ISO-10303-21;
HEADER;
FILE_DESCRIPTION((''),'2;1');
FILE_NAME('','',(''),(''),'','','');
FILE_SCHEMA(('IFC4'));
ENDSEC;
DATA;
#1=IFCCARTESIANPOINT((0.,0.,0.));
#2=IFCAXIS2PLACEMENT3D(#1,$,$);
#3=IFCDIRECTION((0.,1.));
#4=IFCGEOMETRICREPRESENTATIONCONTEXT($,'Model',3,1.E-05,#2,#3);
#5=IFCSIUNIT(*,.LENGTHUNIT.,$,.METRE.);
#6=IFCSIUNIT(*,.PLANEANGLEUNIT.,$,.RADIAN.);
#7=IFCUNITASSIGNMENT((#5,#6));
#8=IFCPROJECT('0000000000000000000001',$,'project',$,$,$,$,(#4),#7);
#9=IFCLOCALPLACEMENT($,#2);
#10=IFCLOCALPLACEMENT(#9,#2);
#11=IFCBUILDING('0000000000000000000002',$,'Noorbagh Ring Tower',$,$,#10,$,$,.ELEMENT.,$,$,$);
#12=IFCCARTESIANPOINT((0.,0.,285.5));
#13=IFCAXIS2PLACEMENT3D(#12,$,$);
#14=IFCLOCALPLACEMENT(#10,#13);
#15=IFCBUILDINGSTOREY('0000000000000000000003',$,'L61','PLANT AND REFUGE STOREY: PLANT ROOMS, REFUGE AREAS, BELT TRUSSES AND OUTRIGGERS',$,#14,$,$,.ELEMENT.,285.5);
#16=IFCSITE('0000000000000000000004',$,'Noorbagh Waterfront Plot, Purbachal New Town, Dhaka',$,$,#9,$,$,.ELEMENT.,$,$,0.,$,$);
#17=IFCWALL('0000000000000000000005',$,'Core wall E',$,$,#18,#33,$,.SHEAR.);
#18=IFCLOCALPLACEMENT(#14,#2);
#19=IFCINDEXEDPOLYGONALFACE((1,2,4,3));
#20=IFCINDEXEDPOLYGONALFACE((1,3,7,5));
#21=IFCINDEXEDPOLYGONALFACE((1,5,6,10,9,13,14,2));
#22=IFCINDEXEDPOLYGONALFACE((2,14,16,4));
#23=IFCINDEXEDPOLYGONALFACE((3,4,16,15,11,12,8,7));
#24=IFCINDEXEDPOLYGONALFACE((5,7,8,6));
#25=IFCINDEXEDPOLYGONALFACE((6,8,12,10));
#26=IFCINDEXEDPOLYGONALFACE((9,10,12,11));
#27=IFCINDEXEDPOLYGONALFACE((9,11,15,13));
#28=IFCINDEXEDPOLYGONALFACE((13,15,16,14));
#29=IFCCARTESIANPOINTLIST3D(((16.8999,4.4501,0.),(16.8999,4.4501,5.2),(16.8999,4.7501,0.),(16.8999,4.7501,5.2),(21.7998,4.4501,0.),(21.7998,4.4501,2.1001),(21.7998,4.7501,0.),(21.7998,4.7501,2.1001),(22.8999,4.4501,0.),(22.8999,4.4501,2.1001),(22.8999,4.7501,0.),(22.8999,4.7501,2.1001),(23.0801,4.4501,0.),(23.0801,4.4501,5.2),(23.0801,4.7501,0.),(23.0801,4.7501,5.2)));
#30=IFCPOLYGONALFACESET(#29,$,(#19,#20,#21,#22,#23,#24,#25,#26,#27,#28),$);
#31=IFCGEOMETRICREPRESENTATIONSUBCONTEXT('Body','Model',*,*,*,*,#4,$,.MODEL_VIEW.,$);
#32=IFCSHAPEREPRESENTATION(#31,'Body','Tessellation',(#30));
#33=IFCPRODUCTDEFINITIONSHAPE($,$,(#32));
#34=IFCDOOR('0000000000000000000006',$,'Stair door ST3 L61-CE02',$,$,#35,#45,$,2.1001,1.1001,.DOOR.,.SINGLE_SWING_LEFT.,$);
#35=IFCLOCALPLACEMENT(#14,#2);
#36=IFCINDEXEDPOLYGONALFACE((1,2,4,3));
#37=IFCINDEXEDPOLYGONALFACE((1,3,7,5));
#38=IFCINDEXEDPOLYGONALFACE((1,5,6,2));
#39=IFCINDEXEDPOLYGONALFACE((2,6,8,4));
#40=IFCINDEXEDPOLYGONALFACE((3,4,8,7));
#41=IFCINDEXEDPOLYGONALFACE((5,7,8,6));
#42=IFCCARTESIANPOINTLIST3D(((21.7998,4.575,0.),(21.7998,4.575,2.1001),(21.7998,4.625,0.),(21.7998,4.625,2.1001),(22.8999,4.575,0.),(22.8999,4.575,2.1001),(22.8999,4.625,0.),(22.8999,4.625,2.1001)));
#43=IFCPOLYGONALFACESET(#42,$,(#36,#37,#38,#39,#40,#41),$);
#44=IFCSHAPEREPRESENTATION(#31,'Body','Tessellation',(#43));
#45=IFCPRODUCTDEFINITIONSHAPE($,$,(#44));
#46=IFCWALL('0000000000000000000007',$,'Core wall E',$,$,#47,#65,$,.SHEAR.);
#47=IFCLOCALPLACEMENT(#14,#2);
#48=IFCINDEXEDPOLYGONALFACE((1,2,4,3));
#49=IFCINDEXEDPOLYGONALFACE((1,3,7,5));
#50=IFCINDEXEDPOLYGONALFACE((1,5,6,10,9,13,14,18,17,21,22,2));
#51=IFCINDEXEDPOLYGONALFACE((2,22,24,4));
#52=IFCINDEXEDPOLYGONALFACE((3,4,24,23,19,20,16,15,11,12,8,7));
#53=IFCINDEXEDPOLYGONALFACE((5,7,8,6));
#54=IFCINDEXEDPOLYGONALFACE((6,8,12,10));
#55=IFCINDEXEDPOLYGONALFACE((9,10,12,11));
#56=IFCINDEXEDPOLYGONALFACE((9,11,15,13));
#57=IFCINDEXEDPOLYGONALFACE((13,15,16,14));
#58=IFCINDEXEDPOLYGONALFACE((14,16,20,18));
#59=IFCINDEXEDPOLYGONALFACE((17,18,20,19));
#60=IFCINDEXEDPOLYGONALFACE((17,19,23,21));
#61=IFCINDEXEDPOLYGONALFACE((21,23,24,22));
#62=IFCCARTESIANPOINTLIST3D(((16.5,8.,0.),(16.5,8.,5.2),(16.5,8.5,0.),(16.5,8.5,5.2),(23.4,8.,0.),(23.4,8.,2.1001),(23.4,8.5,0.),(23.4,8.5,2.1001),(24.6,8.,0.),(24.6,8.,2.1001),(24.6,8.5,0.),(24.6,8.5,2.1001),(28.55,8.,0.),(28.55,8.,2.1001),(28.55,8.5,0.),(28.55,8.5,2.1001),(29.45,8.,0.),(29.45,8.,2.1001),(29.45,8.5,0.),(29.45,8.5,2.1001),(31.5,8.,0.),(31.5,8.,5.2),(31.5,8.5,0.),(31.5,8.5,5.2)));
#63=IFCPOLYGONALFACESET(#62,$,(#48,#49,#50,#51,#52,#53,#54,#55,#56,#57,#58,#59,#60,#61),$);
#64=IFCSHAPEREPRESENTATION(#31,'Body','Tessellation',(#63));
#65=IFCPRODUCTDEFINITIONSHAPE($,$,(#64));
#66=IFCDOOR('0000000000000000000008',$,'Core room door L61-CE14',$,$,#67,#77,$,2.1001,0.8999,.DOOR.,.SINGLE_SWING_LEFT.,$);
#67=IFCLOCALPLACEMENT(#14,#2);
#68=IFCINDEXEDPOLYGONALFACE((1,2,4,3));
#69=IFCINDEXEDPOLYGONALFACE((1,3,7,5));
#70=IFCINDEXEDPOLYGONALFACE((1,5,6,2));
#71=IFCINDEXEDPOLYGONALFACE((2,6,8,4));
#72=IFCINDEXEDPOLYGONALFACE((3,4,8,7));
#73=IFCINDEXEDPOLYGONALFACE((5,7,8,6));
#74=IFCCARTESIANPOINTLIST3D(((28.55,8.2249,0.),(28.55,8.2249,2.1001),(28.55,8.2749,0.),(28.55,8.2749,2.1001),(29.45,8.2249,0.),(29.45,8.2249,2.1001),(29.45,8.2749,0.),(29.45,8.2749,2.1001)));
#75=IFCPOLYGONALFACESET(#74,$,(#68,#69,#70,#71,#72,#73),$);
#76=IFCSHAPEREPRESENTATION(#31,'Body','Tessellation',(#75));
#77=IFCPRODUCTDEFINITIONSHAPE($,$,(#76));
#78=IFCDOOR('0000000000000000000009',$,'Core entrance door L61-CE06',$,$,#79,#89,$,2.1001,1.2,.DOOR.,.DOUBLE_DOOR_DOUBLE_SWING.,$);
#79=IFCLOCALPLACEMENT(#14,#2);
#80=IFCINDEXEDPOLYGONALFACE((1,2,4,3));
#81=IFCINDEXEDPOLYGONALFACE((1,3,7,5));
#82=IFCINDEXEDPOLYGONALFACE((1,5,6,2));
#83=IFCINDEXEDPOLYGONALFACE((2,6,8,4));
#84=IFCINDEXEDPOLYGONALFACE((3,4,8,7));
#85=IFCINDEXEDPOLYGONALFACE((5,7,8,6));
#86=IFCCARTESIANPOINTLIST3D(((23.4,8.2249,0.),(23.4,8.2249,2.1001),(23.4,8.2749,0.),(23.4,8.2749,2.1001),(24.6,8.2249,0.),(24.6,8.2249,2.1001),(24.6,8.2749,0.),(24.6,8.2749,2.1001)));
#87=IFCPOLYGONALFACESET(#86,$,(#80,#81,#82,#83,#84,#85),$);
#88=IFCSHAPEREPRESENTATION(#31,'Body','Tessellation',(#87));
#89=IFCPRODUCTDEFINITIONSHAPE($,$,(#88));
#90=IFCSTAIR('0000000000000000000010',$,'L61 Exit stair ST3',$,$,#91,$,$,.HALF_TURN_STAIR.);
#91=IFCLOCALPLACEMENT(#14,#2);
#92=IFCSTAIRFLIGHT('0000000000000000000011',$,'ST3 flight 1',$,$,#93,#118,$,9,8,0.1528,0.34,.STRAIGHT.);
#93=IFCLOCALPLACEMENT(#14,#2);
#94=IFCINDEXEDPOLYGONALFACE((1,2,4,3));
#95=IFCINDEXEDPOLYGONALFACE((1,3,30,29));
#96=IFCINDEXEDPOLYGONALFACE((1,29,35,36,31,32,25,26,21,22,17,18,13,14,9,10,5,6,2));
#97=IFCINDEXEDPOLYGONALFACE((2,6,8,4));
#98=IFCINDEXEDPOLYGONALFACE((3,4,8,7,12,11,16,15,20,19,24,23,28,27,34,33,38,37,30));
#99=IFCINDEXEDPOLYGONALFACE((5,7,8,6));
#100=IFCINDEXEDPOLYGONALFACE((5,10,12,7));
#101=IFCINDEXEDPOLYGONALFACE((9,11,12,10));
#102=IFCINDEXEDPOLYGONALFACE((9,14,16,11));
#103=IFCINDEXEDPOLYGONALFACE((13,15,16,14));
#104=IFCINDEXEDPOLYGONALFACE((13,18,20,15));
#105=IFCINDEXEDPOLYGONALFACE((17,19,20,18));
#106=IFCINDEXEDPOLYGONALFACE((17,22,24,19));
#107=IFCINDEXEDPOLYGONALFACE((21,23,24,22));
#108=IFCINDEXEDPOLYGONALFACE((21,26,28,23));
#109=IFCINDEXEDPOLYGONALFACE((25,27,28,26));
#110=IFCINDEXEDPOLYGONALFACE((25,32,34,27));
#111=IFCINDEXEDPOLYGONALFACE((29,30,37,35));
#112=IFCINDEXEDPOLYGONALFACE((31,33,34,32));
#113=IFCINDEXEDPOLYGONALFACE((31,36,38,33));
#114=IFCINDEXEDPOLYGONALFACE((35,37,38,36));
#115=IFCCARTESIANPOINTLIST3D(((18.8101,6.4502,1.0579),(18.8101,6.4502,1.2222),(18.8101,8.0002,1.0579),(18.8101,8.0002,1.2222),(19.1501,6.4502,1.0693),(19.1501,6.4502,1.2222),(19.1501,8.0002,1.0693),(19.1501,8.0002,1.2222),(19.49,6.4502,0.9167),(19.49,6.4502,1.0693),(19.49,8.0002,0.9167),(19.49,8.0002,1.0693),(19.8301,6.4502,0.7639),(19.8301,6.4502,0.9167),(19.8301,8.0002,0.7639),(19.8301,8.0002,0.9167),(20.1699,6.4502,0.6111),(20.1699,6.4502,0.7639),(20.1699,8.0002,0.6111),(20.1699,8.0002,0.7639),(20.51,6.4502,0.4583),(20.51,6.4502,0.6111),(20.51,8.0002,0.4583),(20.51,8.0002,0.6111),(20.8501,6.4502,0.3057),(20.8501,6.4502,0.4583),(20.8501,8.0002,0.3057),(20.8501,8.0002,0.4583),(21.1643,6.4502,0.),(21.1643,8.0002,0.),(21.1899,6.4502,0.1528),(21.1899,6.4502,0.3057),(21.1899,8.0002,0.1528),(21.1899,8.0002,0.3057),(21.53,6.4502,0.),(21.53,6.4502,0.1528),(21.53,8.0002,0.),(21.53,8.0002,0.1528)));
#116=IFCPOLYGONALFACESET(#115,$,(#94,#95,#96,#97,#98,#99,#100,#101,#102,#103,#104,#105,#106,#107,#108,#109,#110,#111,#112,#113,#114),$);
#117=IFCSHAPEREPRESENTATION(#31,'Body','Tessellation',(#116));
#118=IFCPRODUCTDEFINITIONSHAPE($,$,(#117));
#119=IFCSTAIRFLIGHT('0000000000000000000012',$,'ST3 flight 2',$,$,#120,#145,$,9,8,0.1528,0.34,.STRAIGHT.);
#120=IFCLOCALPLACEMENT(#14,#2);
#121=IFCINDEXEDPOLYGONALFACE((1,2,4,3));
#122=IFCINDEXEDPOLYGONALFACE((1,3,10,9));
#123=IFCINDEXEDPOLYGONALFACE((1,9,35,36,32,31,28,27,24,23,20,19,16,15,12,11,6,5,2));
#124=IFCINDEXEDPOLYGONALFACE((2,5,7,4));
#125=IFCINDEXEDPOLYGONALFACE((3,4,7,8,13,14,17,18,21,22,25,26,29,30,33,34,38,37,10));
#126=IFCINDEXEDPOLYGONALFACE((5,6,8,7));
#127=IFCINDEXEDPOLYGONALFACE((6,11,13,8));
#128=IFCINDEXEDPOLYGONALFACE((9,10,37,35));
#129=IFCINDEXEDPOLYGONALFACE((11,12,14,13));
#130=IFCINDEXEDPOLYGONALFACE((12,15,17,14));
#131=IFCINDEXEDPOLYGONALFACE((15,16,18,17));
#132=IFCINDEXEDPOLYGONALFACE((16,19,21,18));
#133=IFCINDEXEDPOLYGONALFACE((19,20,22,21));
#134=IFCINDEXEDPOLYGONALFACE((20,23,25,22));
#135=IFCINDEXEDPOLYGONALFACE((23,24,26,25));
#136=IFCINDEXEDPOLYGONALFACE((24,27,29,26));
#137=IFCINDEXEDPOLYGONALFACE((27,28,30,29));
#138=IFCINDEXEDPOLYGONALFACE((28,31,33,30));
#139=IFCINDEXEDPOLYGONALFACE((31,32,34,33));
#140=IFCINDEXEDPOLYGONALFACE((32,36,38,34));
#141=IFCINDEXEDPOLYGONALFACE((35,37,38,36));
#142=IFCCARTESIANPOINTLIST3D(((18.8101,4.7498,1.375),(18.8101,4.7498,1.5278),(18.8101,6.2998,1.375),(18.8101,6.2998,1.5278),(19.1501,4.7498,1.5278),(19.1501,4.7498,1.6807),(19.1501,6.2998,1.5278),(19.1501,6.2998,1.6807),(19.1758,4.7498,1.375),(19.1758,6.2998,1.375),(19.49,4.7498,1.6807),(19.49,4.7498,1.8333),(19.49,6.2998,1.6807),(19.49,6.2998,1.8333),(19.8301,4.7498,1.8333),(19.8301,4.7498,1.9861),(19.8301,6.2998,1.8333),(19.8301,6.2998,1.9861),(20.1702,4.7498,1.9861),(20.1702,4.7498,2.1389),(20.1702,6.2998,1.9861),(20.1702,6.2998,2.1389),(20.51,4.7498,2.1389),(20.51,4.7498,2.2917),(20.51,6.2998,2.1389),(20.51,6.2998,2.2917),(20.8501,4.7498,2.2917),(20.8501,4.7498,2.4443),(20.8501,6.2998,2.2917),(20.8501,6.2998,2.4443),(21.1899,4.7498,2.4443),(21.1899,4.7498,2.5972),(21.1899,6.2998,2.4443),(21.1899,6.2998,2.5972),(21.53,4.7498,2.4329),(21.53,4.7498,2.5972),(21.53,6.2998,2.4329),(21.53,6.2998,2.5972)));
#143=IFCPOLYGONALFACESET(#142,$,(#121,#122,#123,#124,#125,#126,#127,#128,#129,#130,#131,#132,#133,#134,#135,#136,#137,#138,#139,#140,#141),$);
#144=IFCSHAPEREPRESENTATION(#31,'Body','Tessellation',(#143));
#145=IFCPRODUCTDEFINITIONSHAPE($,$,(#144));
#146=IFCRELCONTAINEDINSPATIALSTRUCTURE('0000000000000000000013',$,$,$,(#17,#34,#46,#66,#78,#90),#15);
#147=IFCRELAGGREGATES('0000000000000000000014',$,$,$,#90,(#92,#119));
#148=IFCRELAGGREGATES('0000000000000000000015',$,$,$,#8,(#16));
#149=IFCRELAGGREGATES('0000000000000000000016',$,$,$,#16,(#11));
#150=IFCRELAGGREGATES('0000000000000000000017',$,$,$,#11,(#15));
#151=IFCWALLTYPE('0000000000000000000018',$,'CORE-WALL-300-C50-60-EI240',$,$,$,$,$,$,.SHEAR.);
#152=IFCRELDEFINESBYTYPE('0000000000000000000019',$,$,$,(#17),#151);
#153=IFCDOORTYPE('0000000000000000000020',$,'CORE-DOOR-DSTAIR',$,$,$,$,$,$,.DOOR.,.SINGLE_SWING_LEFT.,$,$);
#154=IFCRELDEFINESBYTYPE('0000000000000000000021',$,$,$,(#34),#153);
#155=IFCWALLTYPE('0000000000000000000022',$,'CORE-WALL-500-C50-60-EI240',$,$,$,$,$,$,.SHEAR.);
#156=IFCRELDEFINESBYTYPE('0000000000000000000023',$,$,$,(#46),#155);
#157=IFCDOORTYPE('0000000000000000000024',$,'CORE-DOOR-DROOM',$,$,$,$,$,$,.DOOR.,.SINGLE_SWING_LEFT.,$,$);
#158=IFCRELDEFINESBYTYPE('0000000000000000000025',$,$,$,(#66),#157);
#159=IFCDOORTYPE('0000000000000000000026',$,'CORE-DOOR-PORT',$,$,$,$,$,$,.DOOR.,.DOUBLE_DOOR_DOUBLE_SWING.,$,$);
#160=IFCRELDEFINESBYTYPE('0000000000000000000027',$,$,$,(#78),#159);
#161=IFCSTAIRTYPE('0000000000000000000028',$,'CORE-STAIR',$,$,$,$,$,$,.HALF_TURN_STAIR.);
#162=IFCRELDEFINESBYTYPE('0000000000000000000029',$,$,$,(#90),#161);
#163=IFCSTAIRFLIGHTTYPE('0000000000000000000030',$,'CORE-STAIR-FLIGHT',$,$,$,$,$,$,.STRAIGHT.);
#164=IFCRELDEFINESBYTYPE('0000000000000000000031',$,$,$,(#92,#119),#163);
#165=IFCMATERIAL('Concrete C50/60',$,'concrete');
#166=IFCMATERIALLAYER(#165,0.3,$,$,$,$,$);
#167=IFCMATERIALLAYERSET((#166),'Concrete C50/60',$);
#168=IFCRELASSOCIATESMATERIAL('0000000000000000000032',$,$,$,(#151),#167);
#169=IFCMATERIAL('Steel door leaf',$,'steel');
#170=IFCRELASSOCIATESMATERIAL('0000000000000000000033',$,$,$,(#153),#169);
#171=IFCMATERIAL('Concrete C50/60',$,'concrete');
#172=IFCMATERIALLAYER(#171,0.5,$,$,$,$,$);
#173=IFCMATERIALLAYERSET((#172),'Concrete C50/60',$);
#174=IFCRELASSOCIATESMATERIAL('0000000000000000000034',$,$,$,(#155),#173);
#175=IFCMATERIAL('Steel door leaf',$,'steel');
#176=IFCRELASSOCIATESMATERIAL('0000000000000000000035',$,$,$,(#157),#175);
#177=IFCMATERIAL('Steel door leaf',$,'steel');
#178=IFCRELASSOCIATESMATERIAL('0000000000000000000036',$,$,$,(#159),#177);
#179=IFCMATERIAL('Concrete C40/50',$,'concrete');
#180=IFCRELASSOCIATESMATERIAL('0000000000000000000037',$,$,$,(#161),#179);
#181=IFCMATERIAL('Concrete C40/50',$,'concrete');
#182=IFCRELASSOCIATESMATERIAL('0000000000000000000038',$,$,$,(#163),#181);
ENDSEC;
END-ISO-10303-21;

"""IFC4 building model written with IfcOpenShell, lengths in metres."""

from ifc_helpers import new_model, si_unit, direction, frame, frame_2d, origin, place, context, subcontext, project, spatial, polyline, rectangle, outline, extrude, material, layer, layer_set, type_object, element, fill, aggregate, save


model = new_model("IFC4")

# Units and contexts
model_context = context("Model", 3, precision=1e-05, world=origin(), true_north=direction((0.0, 1.0)))
body_context = subcontext(model_context, "Body", "Model", "MODEL_VIEW")
ifc_project = project(units=[si_unit("LENGTHUNIT", "METRE"), si_unit("PLANEANGLEUNIT", "RADIAN")], contexts=[model_context])

# Site, building, storey
site_placement = place(None, origin())
site = spatial("IfcSite", under=ifc_project, at=site_placement, Name="Noorbagh Waterfront Plot, Purbachal New Town, Dhaka", CompositionType="ELEMENT", RefElevation=0.0)
building_placement = place(site_placement, origin())
building = spatial("IfcBuilding", under=site, at=building_placement, Name="Noorbagh Ring Tower", CompositionType="ELEMENT")
storey_placement = place(building_placement, frame((0.0, 0.0, 285.5)))
storey = spatial("IfcBuildingStorey", under=building, at=storey_placement, Name="L61", Description="PLANT AND REFUGE STOREY: PLANT ROOMS, REFUGE AREAS, BELT TRUSSES AND OUTRIGGERS", CompositionType="ELEMENT", Elevation=285.5)

# Shared definitions
ifc_material_1 = material(Name="Concrete C50/60", Category="concrete")
ifc_layer_1 = layer(ifc_material_1, 0.3)
ifc_layer_set_1 = layer_set([ifc_layer_1], Name="Concrete C50/60")
wall_type_1 = type_object("IfcWallType", Name="CORE-WALL-300-C50-60-EI240", PredefinedType="SHEAR", material=ifc_layer_set_1)

# Wall, opening, door
wall_1_placement = place(storey_placement, frame((16.8999, 4.6001, 0.0), z_axis=(0.0, 0.0, 1.0), x_axis=(1.0, 0.0, 0.0)))
wall_1 = element("IfcWall", 1, at=wall_1_placement, inside=storey, type_object=wall_type_1, Name="Core wall E", PredefinedType="SHEAR", context=body_context, shape_type="SweptSolid", body=[
    extrude(rectangle(XDim=6.1802, YDim=0.3, at=frame_2d((3.0901, 0.0))), origin(), (0.0, 0.0, 1.0), 5.2),
])
opening_1_placement = place(wall_1_placement, frame((4.8999, 0.0, 0.0)))
opening_1 = element("IfcOpeningElement", 2, at=opening_1_placement, cuts=wall_1, PredefinedType="OPENING", context=body_context, shape_type="SweptSolid", body=[
    extrude(rectangle(XDim=1.1001, YDim=2.1001, at=frame_2d((0.55, 1.05))), frame((0.0, 0.1602, 0.0), z_axis=(0.0, -1.0, 0.0), x_axis=(1.0, 0.0, 0.0)), (0.0, 0.0, 1.0), 0.3201),
])
ifc_material_2 = material(Name="Steel door leaf", Category="steel")
door_type_1 = type_object("IfcDoorType", Name="CORE-DOOR-DSTAIR", OperationType="SINGLE_SWING_LEFT", PredefinedType="DOOR", material=ifc_material_2)
door_1_placement = place(opening_1_placement, origin())
door_1 = element("IfcDoor", 3, at=door_1_placement, inside=storey, type_object=door_type_1, Name="Stair door ST3 L61-CE02", OperationType="SINGLE_SWING_LEFT", OverallHeight=2.1001, OverallWidth=1.1001, PredefinedType="DOOR", context=body_context, shape_type="SweptSolid", body=[
    extrude(rectangle(XDim=1.1001, YDim=2.1001, at=frame_2d((0.55, 1.05))), frame((0.0, 0.0249, 0.0), z_axis=(0.0, -1.0, 0.0), x_axis=(1.0, 0.0, 0.0)), (0.0, 0.0, 1.0), 0.05),
])
fill(opening_1, door_1)

# Wall, openings, doors
ifc_material_3 = material(Name="Concrete C50/60", Category="concrete")
ifc_layer_2 = layer(ifc_material_3, 0.5)
ifc_layer_set_2 = layer_set([ifc_layer_2], Name="Concrete C50/60")
wall_type_2 = type_object("IfcWallType", Name="CORE-WALL-500-C50-60-EI240", PredefinedType="SHEAR", material=ifc_layer_set_2)
wall_2_placement = place(storey_placement, frame((16.5, 8.25, 0.0), z_axis=(0.0, 0.0, 1.0), x_axis=(1.0, 0.0, 0.0)))
wall_2 = element("IfcWall", 4, at=wall_2_placement, inside=storey, type_object=wall_type_2, Name="Core wall E", PredefinedType="SHEAR", context=body_context, shape_type="SweptSolid", body=[
    extrude(rectangle(XDim=15.0, YDim=0.5, at=frame_2d((7.5, 0.0))), origin(), (0.0, 0.0, 1.0), 5.2),
])
opening_2_placement = place(wall_2_placement, frame((6.8999, 0.0, 0.0)))
opening_2 = element("IfcOpeningElement", 5, at=opening_2_placement, cuts=wall_2, PredefinedType="OPENING", context=body_context, shape_type="SweptSolid", body=[
    extrude(rectangle(XDim=1.2, YDim=2.1001, at=frame_2d((0.6001, 1.05))), frame((0.0, 0.26, 0.0), z_axis=(0.0, -1.0, 0.0), x_axis=(1.0, 0.0, 0.0)), (0.0, 0.0, 1.0), 0.52),
])
opening_3_placement = place(wall_2_placement, frame((12.05, 0.0, 0.0)))
opening_3 = element("IfcOpeningElement", 6, at=opening_3_placement, cuts=wall_2, PredefinedType="OPENING", context=body_context, shape_type="SweptSolid", body=[
    extrude(rectangle(XDim=0.8999, YDim=2.1001, at=frame_2d((0.45, 1.05))), frame((0.0, 0.26, 0.0), z_axis=(0.0, -1.0, 0.0), x_axis=(1.0, 0.0, 0.0)), (0.0, 0.0, 1.0), 0.52),
])
ifc_material_4 = material(Name="Steel door leaf", Category="steel")
door_type_2 = type_object("IfcDoorType", Name="CORE-DOOR-DROOM", OperationType="SINGLE_SWING_LEFT", PredefinedType="DOOR", material=ifc_material_4)
door_2_placement = place(opening_3_placement, origin())
door_2 = element("IfcDoor", 7, at=door_2_placement, inside=storey, type_object=door_type_2, Name="Core room door L61-CE14", OperationType="SINGLE_SWING_LEFT", OverallHeight=2.1001, OverallWidth=0.8999, PredefinedType="DOOR", context=body_context, shape_type="SweptSolid", body=[
    extrude(rectangle(XDim=0.8999, YDim=2.1001, at=frame_2d((0.45, 1.05))), frame((0.0, 0.0249, 0.0), z_axis=(0.0, -1.0, 0.0), x_axis=(1.0, 0.0, 0.0)), (0.0, 0.0, 1.0), 0.05),
])
fill(opening_3, door_2)
ifc_material_5 = material(Name="Steel door leaf", Category="steel")
door_type_3 = type_object("IfcDoorType", Name="CORE-DOOR-PORT", OperationType="DOUBLE_DOOR_DOUBLE_SWING", PredefinedType="DOOR", material=ifc_material_5)
door_3_placement = place(opening_2_placement, origin())
door_3 = element("IfcDoor", 8, at=door_3_placement, inside=storey, type_object=door_type_3, Name="Core entrance door L61-CE06", OperationType="DOUBLE_DOOR_DOUBLE_SWING", OverallHeight=2.1001, OverallWidth=1.2, PredefinedType="DOOR", context=body_context, shape_type="SweptSolid", body=[
    extrude(rectangle(XDim=1.2, YDim=2.1001, at=frame_2d((0.6001, 1.05))), frame((0.0, 0.0249, 0.0), z_axis=(0.0, -1.0, 0.0), x_axis=(1.0, 0.0, 0.0)), (0.0, 0.0, 1.0), 0.05),
])
fill(opening_2, door_3)

# Stair, stair flights
ifc_material_6 = material(Name="Concrete C40/50", Category="concrete")
stair_type = type_object("IfcStairType", Name="CORE-STAIR", PredefinedType="HALF_TURN_STAIR", material=ifc_material_6)
stair_placement = place(storey_placement, origin())
stair = element("IfcStair", 9, at=stair_placement, inside=storey, type_object=stair_type, Name="L61 Exit stair ST3", PredefinedType="HALF_TURN_STAIR")
ifc_material_7 = material(Name="Concrete C40/50", Category="concrete")
stair_flight_type = type_object("IfcStairFlightType", Name="CORE-STAIR-FLIGHT", PredefinedType="STRAIGHT", material=ifc_material_7)
stair_flight_1_placement = place(storey_placement, frame((21.53, 7.2251, 0.0), z_axis=(0.0, 0.0, 1.0), x_axis=(-1.0, 0.0, 0.0)))
stair_flight_1 = element("IfcStairFlight", 10, at=stair_flight_1_placement, type_object=stair_flight_type, Name="ST3 flight 1", NumberOfRisers=9, NumberOfTreads=8, PredefinedType="STRAIGHT", RiserHeight=0.1528, TreadLength=0.34, context=body_context, shape_type="SweptSolid", body=[
    extrude(outline(polyline([(0.0, 0.0), (0.0, 0.1528), (0.3401, 0.1528), (0.3401, 0.3057), (0.6799, 0.3057), (0.6799, 0.4583), (1.02, 0.4583), (1.02, 0.6111), (1.3601, 0.6111), (1.3601, 0.7639), (1.7, 0.7639), (1.7, 0.9167), (2.04, 0.9167), (2.04, 1.0693), (2.3799, 1.0693), (2.3799, 1.2222), (2.72, 1.2222), (2.72, 1.375), (2.72, 1.0579), (0.3657, 0.0), (0.0, 0.0)])), frame((0.0, 0.7749, 0.0), z_axis=(0.0, -1.0, 0.0), x_axis=(1.0, 0.0, 0.0)), (0.0, 0.0, 1.0), 1.55),
])
stair_flight_2_placement = place(storey_placement, frame((18.8101, 5.5249, 1.375), z_axis=(0.0, 0.0, 1.0), x_axis=(1.0, 0.0, 0.0)))
stair_flight_2 = element("IfcStairFlight", 11, at=stair_flight_2_placement, type_object=stair_flight_type, Name="ST3 flight 2", NumberOfRisers=9, NumberOfTreads=8, PredefinedType="STRAIGHT", RiserHeight=0.1528, TreadLength=0.34, context=body_context, shape_type="SweptSolid", body=[
    extrude(outline(polyline([(0.0, 0.0), (0.0, 0.1528), (0.3401, 0.1528), (0.3401, 0.3057), (0.6799, 0.3057), (0.6799, 0.4583), (1.02, 0.4583), (1.02, 0.6111), (1.3601, 0.6111), (1.3601, 0.7639), (1.7, 0.7639), (1.7, 0.9167), (2.04, 0.9167), (2.04, 1.0693), (2.3799, 1.0693), (2.3799, 1.2222), (2.72, 1.2222), (2.72, 1.375), (2.72, 1.0579), (0.3657, 0.0), (0.0, 0.0)])), frame((0.0, 0.7749, 0.0), z_axis=(0.0, -1.0, 0.0), x_axis=(1.0, 0.0, 0.0)), (0.0, 0.0, 1.0), 1.55),
])
aggregate(stair, [stair_flight_1, stair_flight_2])

save(model, "model.ifc")
